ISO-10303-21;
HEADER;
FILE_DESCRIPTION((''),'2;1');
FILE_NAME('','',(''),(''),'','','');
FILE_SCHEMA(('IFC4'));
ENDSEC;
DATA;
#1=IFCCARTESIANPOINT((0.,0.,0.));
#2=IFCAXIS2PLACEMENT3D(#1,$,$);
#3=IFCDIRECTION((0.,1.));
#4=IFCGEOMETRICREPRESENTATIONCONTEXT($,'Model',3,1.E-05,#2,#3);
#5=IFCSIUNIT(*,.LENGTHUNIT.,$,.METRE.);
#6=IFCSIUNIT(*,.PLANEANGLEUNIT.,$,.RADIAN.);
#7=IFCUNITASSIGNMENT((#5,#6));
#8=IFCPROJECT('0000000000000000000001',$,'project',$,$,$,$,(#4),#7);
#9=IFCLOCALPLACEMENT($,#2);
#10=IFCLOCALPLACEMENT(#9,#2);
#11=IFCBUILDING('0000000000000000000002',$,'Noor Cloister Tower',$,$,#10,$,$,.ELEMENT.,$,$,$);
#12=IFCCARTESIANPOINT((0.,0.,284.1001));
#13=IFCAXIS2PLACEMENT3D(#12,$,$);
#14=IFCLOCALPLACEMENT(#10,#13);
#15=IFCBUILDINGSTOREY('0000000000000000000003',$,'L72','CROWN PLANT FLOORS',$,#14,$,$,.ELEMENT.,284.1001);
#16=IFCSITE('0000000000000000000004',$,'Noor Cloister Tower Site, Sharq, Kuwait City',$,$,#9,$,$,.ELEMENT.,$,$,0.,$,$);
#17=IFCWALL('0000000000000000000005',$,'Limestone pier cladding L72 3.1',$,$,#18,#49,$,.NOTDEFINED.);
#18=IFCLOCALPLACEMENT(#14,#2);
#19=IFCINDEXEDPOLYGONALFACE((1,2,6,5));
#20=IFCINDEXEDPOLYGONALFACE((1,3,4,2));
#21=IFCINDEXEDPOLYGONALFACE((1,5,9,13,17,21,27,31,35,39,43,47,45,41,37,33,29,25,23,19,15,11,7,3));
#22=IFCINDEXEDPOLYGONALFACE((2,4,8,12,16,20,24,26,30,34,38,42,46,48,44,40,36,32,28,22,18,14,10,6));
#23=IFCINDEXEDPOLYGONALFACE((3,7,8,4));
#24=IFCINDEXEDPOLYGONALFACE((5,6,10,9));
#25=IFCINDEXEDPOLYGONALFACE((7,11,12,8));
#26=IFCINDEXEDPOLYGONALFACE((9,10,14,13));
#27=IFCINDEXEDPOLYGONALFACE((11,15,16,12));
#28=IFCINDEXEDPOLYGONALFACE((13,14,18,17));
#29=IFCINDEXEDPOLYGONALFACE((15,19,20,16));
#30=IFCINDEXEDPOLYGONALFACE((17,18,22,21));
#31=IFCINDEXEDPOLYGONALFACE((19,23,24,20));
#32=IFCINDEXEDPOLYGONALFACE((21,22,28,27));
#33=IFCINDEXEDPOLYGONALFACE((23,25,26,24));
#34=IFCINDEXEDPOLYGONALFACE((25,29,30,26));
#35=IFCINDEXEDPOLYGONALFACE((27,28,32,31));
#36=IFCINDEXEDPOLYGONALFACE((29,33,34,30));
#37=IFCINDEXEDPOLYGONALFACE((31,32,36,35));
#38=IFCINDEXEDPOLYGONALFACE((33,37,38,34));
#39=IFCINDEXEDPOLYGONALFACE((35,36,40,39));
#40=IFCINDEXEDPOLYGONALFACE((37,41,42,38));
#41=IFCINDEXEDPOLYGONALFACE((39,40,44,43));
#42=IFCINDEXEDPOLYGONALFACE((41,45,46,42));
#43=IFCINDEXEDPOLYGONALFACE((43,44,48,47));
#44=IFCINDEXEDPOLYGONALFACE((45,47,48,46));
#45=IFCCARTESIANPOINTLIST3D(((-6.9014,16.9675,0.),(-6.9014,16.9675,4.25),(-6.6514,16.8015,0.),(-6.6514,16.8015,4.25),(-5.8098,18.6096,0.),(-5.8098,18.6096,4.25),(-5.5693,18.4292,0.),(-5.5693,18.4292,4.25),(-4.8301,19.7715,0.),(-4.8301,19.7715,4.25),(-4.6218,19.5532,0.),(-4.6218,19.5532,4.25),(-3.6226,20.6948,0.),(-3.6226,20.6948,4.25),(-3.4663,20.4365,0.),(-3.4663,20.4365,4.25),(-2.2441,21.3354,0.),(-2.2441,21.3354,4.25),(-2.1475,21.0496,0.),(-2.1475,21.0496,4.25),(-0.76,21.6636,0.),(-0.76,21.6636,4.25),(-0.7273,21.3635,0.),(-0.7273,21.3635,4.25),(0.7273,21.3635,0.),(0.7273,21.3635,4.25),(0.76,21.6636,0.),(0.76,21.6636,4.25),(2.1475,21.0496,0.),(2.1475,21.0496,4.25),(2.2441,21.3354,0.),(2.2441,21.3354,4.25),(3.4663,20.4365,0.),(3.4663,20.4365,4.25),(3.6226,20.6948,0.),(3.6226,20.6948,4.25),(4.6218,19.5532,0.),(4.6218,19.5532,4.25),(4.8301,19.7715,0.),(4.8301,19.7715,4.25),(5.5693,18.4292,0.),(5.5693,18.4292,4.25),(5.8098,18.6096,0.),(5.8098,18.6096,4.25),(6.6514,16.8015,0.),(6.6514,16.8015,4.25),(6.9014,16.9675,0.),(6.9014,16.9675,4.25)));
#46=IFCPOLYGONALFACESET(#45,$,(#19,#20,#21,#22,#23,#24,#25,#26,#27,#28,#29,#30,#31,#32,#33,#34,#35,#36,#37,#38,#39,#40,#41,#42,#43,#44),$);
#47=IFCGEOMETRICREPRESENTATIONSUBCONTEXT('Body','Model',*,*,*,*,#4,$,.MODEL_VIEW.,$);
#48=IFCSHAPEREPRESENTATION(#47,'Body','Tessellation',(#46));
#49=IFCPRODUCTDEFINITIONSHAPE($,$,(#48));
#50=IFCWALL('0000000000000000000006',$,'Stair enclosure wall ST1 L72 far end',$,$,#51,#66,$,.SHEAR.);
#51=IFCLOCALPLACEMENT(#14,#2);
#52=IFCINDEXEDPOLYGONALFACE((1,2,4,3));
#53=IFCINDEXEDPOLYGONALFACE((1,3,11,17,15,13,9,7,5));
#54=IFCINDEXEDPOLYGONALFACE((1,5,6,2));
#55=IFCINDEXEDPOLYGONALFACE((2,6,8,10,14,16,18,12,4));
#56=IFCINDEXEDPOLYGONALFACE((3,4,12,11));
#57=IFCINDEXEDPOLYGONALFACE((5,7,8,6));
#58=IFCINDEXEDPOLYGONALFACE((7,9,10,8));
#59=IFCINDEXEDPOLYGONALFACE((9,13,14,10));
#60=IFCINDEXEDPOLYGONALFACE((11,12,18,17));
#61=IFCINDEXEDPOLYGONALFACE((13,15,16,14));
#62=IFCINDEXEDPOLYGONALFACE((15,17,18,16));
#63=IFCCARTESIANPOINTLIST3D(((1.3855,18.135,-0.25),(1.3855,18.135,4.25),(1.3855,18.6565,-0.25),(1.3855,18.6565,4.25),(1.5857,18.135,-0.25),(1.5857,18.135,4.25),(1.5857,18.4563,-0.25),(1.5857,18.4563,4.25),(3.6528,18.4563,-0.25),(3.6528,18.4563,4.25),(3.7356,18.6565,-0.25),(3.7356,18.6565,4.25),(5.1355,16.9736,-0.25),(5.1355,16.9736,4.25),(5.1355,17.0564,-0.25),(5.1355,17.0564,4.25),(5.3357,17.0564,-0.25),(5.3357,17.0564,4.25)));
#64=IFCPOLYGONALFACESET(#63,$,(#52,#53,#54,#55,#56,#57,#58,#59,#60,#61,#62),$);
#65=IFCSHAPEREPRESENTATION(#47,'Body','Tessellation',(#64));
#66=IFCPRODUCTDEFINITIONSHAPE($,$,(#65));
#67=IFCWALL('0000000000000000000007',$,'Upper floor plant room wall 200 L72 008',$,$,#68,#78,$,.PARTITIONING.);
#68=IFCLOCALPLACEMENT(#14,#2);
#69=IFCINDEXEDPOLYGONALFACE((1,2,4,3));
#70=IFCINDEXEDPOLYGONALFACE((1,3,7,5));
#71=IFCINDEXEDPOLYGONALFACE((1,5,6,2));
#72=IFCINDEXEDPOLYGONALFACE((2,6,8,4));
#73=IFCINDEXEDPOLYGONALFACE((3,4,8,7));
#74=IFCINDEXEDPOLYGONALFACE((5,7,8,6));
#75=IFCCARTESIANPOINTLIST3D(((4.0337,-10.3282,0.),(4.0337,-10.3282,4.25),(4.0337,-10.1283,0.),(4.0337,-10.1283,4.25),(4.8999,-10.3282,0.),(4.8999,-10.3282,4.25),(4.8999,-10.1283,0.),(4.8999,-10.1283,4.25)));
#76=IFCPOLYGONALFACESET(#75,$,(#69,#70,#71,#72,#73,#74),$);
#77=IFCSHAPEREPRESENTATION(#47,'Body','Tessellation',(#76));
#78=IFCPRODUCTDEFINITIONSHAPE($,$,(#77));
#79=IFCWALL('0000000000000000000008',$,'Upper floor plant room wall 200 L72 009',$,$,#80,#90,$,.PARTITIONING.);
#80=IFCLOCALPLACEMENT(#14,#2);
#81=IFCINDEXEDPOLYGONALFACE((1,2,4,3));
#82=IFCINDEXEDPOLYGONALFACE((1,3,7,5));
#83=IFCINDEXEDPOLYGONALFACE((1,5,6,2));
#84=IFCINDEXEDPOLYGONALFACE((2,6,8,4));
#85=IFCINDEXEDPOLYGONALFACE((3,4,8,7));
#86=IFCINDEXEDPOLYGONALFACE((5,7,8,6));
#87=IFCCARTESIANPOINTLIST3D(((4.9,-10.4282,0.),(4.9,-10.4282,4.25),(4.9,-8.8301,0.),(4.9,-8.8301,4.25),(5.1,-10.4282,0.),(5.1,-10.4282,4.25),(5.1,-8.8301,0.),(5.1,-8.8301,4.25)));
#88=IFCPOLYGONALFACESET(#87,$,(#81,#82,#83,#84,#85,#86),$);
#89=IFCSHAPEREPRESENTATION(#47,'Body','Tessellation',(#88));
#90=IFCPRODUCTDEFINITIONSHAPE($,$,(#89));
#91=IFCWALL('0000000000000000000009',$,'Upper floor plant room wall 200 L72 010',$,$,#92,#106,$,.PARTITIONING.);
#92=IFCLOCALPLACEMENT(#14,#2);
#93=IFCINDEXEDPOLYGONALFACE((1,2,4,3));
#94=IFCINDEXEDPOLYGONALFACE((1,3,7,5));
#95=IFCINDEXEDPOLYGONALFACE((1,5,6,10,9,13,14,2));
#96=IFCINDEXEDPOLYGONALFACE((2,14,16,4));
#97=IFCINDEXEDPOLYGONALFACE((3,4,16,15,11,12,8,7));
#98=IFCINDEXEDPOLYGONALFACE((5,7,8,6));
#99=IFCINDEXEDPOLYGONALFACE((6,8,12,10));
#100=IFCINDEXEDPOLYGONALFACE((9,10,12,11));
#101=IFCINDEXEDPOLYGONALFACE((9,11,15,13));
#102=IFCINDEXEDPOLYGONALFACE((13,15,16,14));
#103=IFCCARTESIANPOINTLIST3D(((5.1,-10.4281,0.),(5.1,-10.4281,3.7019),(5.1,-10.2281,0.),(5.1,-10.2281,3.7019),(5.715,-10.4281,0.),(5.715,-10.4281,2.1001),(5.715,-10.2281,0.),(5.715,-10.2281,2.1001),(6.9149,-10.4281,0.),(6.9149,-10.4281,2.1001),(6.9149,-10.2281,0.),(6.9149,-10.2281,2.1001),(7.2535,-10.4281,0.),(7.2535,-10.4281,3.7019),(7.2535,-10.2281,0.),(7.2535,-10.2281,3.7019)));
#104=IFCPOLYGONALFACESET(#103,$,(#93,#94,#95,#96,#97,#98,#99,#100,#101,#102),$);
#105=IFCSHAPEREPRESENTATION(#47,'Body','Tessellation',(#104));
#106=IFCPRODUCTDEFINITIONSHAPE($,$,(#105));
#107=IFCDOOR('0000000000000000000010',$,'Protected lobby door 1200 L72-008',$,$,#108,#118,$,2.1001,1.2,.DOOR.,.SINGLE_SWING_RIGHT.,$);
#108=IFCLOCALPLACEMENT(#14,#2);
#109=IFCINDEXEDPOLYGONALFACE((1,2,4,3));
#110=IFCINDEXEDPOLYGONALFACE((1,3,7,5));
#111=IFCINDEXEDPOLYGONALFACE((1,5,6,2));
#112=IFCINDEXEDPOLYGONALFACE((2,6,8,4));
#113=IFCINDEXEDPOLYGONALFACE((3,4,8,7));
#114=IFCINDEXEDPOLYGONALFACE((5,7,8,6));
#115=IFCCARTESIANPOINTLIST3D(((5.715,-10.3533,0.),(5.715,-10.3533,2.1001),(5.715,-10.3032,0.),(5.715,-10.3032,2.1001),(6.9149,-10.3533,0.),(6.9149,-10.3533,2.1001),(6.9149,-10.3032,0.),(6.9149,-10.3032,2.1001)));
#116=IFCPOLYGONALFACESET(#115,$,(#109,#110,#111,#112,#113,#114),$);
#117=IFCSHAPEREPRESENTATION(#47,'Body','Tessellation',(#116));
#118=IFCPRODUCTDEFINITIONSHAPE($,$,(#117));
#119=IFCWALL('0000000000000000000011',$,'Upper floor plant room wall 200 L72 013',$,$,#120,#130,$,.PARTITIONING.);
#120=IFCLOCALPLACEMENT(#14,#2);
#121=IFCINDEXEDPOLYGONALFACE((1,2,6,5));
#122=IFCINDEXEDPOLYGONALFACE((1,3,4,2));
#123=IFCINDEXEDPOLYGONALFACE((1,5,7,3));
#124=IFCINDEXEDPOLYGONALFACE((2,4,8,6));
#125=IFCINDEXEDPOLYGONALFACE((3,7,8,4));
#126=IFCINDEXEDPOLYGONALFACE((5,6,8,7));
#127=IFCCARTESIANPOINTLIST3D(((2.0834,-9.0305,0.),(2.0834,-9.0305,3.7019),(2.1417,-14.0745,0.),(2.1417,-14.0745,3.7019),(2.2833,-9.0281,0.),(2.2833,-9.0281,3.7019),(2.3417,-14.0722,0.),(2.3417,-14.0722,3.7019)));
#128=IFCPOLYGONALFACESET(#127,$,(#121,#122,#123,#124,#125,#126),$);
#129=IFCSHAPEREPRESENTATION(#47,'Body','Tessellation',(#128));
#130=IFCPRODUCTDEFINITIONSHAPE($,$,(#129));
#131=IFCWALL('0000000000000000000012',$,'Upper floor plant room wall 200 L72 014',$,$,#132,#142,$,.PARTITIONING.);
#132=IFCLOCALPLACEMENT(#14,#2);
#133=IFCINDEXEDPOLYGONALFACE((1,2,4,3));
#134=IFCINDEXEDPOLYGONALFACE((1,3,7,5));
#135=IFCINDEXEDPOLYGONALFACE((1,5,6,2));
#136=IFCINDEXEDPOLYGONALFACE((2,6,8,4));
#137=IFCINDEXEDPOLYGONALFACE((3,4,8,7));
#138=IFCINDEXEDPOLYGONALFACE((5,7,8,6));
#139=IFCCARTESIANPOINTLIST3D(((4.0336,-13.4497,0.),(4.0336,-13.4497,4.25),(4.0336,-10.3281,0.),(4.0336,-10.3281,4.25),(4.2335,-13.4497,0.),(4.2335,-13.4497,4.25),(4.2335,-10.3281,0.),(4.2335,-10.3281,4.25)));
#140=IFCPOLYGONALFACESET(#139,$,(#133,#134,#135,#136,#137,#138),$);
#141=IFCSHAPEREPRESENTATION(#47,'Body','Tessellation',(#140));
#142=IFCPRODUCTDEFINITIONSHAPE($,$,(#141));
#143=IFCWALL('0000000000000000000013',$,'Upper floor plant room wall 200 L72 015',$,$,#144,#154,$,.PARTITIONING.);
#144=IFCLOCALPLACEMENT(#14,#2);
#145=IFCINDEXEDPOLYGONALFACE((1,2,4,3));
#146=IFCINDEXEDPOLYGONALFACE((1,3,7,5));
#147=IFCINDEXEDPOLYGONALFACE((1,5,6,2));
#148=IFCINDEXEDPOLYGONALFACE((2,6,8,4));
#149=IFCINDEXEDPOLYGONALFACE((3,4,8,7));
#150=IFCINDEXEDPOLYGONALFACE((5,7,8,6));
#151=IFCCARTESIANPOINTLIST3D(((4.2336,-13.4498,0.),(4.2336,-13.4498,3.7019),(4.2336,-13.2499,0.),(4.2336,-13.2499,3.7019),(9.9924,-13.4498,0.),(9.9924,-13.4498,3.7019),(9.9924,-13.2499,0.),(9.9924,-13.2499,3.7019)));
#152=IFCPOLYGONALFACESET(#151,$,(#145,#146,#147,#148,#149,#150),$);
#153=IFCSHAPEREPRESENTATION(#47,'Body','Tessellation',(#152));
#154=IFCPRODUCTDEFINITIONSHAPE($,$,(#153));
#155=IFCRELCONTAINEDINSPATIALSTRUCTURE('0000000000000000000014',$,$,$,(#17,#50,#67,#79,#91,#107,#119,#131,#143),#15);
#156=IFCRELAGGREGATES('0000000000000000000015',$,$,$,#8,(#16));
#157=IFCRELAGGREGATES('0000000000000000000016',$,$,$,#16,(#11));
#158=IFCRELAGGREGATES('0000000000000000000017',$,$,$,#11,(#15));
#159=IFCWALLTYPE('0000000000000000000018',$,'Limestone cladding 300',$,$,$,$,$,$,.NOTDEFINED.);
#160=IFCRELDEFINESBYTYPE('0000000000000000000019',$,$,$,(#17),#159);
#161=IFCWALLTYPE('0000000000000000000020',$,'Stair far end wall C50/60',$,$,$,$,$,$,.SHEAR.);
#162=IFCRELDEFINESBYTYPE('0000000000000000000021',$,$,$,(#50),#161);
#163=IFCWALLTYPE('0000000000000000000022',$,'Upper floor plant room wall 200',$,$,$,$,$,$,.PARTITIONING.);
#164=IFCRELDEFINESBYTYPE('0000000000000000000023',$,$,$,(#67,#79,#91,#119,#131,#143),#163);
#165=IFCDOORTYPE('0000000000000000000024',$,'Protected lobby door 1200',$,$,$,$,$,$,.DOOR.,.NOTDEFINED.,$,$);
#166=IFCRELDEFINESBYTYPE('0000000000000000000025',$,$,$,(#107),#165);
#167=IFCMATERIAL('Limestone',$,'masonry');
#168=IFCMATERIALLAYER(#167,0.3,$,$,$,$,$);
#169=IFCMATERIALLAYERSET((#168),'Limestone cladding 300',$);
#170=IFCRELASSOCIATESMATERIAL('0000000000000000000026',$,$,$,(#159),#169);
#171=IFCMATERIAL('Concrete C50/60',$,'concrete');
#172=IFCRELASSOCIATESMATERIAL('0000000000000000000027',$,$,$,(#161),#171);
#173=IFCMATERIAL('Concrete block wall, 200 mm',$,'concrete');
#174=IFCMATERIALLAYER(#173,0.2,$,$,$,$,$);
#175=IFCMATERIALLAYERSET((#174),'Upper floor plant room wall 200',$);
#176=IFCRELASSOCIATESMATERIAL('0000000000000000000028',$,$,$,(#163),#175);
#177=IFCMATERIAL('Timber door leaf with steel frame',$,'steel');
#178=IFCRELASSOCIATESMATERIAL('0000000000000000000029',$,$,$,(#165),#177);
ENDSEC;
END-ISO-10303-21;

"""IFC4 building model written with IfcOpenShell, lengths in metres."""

from ifc_helpers import new_model, si_unit, direction, frame, frame_2d, origin, place, context, subcontext, project, spatial, polyline, rectangle, outline, extrude, material, layer, layer_set, type_object, element, fill, save


model = new_model("IFC4")

# Units and contexts
model_context = context("Model", 3, precision=1e-05, world=origin(), true_north=direction((0.0, 1.0)))
body_context = subcontext(model_context, "Body", "Model", "MODEL_VIEW")
ifc_project = project(units=[si_unit("LENGTHUNIT", "METRE"), si_unit("PLANEANGLEUNIT", "RADIAN")], contexts=[model_context])

# Site, building, storey
site_placement = place(None, origin())
site = spatial("IfcSite", under=ifc_project, at=site_placement, Name="Noor Cloister Tower Site, Sharq, Kuwait City", CompositionType="ELEMENT", RefElevation=0.0)
building_placement = place(site_placement, origin())
building = spatial("IfcBuilding", under=site, at=building_placement, Name="Noor Cloister Tower", CompositionType="ELEMENT")
storey_placement = place(building_placement, frame((0.0, 0.0, 284.1001)))
storey = spatial("IfcBuildingStorey", under=building, at=storey_placement, Name="L72", Description="CROWN PLANT FLOORS", CompositionType="ELEMENT", Elevation=284.1001)

# Walls
ifc_material_1 = material(Name="Limestone", Category="masonry")
ifc_layer_1 = layer(ifc_material_1, 0.3)
ifc_layer_set_1 = layer_set([ifc_layer_1], Name="Limestone cladding 300")
wall_type_1 = type_object("IfcWallType", Name="Limestone cladding 300", PredefinedType="NOTDEFINED", material=ifc_layer_set_1)
wall_1_placement = place(storey_placement, origin())
element("IfcWall", 1, at=wall_1_placement, inside=storey, type_object=wall_type_1, Name="Limestone pier cladding L72 3.1", PredefinedType="NOTDEFINED", context=body_context, shape_type="SweptSolid", body=[
    extrude(outline(polyline([(6.9014, 16.9675), (5.8098, 18.6096), (4.8301, 19.7715), (3.6226, 20.6948), (2.2441, 21.3354), (0.76, 21.6636), (-0.76, 21.6636), (-2.2441, 21.3354), (-3.6226, 20.6948), (-4.8301, 19.7715), (-5.8098, 18.6096), (-6.9014, 16.9675), (-6.6514, 16.8015), (-5.5693, 18.4292), (-4.6218, 19.5532), (-3.4663, 20.4365), (-2.1475, 21.0496), (-0.7273, 21.3635), (0.7273, 21.3635), (2.1475, 21.0496), (3.4663, 20.4365), (4.6218, 19.5532), (5.5693, 18.4292), (6.6514, 16.8015), (6.9014, 16.9675)])), origin(), (0.0, 0.0, 1.0), 4.25),
])
ifc_material_2 = material(Name="Concrete C50/60", Category="concrete")
wall_type_2 = type_object("IfcWallType", Name="Stair far end wall C50/60", PredefinedType="SHEAR", material=ifc_material_2)
wall_2_placement = place(storey_placement, frame((0.0, 0.0, -0.25)))
element("IfcWall", 2, at=wall_2_placement, inside=storey, type_object=wall_type_2, Name="Stair enclosure wall ST1 L72 far end", PredefinedType="SHEAR", context=body_context, shape_type="SweptSolid", body=[
    extrude(outline(polyline([(5.3357, 17.0564), (3.7356, 18.6565), (1.3855, 18.6565), (1.3855, 18.135), (1.5857, 18.135), (1.5857, 18.4563), (3.6528, 18.4563), (5.1355, 16.9736), (5.1355, 17.0564), (5.1355, 17.0564), (5.1355, 17.0564), (5.1355, 17.0564), (5.1355, 17.0564), (5.1355, 17.0564), (5.1355, 17.0564), (5.1355, 17.0564), (5.1355, 17.0564), (5.1355, 17.0564), (5.1355, 17.0564), (5.1355, 17.0564), (5.1355, 17.0564), (5.1355, 17.0564), (5.1355, 17.0564), (5.1355, 17.0564), (5.1355, 17.0564), (5.3357, 17.0564)])), origin(), (0.0, 0.0, 1.0), 4.5),
])
ifc_material_3 = material(Name="Concrete block wall, 200 mm", Category="concrete")
ifc_layer_2 = layer(ifc_material_3, 0.2)
ifc_layer_set_2 = layer_set([ifc_layer_2], Name="Upper floor plant room wall 200")
wall_type_3 = type_object("IfcWallType", Name="Upper floor plant room wall 200", PredefinedType="PARTITIONING", material=ifc_layer_set_2)
wall_3_placement = place(storey_placement, frame((4.0337, -10.2283, 0.0), z_axis=(0.0, 0.0, 1.0), x_axis=(1.0, 0.0, 0.0)))
element("IfcWall", 3, at=wall_3_placement, inside=storey, type_object=wall_type_3, Name="Upper floor plant room wall 200 L72 008", PredefinedType="PARTITIONING", context=body_context, shape_type="SweptSolid", body=[
    extrude(rectangle(XDim=0.8662, YDim=0.2, at=frame_2d((0.4331, 0.0))), origin(), (0.0, 0.0, 1.0), 4.25),
])
wall_4_placement = place(storey_placement, frame((5.0, -10.4282, 0.0), z_axis=(0.0, 0.0, 1.0), x_axis=(0.0, 1.0, 0.0)))
element("IfcWall", 4, at=wall_4_placement, inside=storey, type_object=wall_type_3, Name="Upper floor plant room wall 200 L72 009", PredefinedType="PARTITIONING", context=body_context, shape_type="SweptSolid", body=[
    extrude(rectangle(XDim=1.5981, YDim=0.2, at=frame_2d((0.7991, 0.0))), origin(), (0.0, 0.0, 1.0), 4.25),
])

# Wall, opening, door
wall_5_placement = place(storey_placement, frame((5.1001, -10.3281, 0.0), z_axis=(0.0, 0.0, 1.0), x_axis=(1.0, 0.0, 0.0)))
wall_5 = element("IfcWall", 5, at=wall_5_placement, inside=storey, type_object=wall_type_3, Name="Upper floor plant room wall 200 L72 010", PredefinedType="PARTITIONING", context=body_context, shape_type="SweptSolid", body=[
    extrude(rectangle(XDim=2.1536, YDim=0.2, at=frame_2d((1.0767, 0.0))), origin(), (0.0, 0.0, 1.0), 3.7019),
])
opening_placement = place(wall_5_placement, frame((0.6147, 0.0, 0.0)))
opening = element("IfcOpeningElement", 6, at=opening_placement, cuts=wall_5, PredefinedType="OPENING", context=body_context, shape_type="SweptSolid", body=[
    extrude(rectangle(XDim=1.2, YDim=2.1001, at=frame_2d((0.6001, 1.05))), frame((0.0, 0.1099, 0.0), z_axis=(0.0, -1.0, 0.0), x_axis=(1.0, 0.0, 0.0)), (0.0, 0.0, 1.0), 0.22),
])
ifc_material_4 = material(Name="Timber door leaf with steel frame", Category="steel")
door_type = type_object("IfcDoorType", Name="Protected lobby door 1200", OperationType="NOTDEFINED", PredefinedType="DOOR", material=ifc_material_4)
door_placement = place(opening_placement, origin())
door = element("IfcDoor", 7, at=door_placement, inside=storey, type_object=door_type, Name="Protected lobby door 1200 L72-008", OperationType="SINGLE_SWING_RIGHT", OverallHeight=2.1001, OverallWidth=1.2, PredefinedType="DOOR", context=body_context, shape_type="SweptSolid", body=[
    extrude(rectangle(XDim=1.2, YDim=2.1001, at=frame_2d((0.6001, 1.05))), frame((0.0, 0.0249, 0.0), z_axis=(0.0, -1.0, 0.0), x_axis=(1.0, 0.0, 0.0)), (0.0, 0.0, 1.0), 0.05),
])
fill(opening, door)

# Walls
wall_6_placement = place(storey_placement, frame((2.1833, -9.0293, 0.0), z_axis=(0.0, 0.0, 1.0), x_axis=(0.011567, -0.999933, 0.0)))
element("IfcWall", 8, at=wall_6_placement, inside=storey, type_object=wall_type_3, Name="Upper floor plant room wall 200 L72 013", PredefinedType="PARTITIONING", context=body_context, shape_type="SweptSolid", body=[
    extrude(rectangle(XDim=5.0444, YDim=0.2, at=frame_2d((2.5222, 0.0))), origin(), (0.0, 0.0, 1.0), 3.7019),
])
wall_7_placement = place(storey_placement, frame((4.1335, -10.3281, 0.0), z_axis=(0.0, 0.0, 1.0), x_axis=(0.0, -1.0, 0.0)))
element("IfcWall", 9, at=wall_7_placement, inside=storey, type_object=wall_type_3, Name="Upper floor plant room wall 200 L72 014", PredefinedType="PARTITIONING", context=body_context, shape_type="SweptSolid", body=[
    extrude(rectangle(XDim=3.1216, YDim=0.2, at=frame_2d((1.5608, 0.0))), origin(), (0.0, 0.0, 1.0), 4.25),
])
wall_8_placement = place(storey_placement, frame((4.2336, -13.3499, 0.0), z_axis=(0.0, 0.0, 1.0), x_axis=(1.0, 0.0, 0.0)))
element("IfcWall", 10, at=wall_8_placement, inside=storey, type_object=wall_type_3, Name="Upper floor plant room wall 200 L72 015", PredefinedType="PARTITIONING", context=body_context, shape_type="SweptSolid", body=[
    extrude(rectangle(XDim=5.7588, YDim=0.2, at=frame_2d((2.8794, 0.0))), origin(), (0.0, 0.0, 1.0), 3.7019),
])

save(model, "model.ifc")
